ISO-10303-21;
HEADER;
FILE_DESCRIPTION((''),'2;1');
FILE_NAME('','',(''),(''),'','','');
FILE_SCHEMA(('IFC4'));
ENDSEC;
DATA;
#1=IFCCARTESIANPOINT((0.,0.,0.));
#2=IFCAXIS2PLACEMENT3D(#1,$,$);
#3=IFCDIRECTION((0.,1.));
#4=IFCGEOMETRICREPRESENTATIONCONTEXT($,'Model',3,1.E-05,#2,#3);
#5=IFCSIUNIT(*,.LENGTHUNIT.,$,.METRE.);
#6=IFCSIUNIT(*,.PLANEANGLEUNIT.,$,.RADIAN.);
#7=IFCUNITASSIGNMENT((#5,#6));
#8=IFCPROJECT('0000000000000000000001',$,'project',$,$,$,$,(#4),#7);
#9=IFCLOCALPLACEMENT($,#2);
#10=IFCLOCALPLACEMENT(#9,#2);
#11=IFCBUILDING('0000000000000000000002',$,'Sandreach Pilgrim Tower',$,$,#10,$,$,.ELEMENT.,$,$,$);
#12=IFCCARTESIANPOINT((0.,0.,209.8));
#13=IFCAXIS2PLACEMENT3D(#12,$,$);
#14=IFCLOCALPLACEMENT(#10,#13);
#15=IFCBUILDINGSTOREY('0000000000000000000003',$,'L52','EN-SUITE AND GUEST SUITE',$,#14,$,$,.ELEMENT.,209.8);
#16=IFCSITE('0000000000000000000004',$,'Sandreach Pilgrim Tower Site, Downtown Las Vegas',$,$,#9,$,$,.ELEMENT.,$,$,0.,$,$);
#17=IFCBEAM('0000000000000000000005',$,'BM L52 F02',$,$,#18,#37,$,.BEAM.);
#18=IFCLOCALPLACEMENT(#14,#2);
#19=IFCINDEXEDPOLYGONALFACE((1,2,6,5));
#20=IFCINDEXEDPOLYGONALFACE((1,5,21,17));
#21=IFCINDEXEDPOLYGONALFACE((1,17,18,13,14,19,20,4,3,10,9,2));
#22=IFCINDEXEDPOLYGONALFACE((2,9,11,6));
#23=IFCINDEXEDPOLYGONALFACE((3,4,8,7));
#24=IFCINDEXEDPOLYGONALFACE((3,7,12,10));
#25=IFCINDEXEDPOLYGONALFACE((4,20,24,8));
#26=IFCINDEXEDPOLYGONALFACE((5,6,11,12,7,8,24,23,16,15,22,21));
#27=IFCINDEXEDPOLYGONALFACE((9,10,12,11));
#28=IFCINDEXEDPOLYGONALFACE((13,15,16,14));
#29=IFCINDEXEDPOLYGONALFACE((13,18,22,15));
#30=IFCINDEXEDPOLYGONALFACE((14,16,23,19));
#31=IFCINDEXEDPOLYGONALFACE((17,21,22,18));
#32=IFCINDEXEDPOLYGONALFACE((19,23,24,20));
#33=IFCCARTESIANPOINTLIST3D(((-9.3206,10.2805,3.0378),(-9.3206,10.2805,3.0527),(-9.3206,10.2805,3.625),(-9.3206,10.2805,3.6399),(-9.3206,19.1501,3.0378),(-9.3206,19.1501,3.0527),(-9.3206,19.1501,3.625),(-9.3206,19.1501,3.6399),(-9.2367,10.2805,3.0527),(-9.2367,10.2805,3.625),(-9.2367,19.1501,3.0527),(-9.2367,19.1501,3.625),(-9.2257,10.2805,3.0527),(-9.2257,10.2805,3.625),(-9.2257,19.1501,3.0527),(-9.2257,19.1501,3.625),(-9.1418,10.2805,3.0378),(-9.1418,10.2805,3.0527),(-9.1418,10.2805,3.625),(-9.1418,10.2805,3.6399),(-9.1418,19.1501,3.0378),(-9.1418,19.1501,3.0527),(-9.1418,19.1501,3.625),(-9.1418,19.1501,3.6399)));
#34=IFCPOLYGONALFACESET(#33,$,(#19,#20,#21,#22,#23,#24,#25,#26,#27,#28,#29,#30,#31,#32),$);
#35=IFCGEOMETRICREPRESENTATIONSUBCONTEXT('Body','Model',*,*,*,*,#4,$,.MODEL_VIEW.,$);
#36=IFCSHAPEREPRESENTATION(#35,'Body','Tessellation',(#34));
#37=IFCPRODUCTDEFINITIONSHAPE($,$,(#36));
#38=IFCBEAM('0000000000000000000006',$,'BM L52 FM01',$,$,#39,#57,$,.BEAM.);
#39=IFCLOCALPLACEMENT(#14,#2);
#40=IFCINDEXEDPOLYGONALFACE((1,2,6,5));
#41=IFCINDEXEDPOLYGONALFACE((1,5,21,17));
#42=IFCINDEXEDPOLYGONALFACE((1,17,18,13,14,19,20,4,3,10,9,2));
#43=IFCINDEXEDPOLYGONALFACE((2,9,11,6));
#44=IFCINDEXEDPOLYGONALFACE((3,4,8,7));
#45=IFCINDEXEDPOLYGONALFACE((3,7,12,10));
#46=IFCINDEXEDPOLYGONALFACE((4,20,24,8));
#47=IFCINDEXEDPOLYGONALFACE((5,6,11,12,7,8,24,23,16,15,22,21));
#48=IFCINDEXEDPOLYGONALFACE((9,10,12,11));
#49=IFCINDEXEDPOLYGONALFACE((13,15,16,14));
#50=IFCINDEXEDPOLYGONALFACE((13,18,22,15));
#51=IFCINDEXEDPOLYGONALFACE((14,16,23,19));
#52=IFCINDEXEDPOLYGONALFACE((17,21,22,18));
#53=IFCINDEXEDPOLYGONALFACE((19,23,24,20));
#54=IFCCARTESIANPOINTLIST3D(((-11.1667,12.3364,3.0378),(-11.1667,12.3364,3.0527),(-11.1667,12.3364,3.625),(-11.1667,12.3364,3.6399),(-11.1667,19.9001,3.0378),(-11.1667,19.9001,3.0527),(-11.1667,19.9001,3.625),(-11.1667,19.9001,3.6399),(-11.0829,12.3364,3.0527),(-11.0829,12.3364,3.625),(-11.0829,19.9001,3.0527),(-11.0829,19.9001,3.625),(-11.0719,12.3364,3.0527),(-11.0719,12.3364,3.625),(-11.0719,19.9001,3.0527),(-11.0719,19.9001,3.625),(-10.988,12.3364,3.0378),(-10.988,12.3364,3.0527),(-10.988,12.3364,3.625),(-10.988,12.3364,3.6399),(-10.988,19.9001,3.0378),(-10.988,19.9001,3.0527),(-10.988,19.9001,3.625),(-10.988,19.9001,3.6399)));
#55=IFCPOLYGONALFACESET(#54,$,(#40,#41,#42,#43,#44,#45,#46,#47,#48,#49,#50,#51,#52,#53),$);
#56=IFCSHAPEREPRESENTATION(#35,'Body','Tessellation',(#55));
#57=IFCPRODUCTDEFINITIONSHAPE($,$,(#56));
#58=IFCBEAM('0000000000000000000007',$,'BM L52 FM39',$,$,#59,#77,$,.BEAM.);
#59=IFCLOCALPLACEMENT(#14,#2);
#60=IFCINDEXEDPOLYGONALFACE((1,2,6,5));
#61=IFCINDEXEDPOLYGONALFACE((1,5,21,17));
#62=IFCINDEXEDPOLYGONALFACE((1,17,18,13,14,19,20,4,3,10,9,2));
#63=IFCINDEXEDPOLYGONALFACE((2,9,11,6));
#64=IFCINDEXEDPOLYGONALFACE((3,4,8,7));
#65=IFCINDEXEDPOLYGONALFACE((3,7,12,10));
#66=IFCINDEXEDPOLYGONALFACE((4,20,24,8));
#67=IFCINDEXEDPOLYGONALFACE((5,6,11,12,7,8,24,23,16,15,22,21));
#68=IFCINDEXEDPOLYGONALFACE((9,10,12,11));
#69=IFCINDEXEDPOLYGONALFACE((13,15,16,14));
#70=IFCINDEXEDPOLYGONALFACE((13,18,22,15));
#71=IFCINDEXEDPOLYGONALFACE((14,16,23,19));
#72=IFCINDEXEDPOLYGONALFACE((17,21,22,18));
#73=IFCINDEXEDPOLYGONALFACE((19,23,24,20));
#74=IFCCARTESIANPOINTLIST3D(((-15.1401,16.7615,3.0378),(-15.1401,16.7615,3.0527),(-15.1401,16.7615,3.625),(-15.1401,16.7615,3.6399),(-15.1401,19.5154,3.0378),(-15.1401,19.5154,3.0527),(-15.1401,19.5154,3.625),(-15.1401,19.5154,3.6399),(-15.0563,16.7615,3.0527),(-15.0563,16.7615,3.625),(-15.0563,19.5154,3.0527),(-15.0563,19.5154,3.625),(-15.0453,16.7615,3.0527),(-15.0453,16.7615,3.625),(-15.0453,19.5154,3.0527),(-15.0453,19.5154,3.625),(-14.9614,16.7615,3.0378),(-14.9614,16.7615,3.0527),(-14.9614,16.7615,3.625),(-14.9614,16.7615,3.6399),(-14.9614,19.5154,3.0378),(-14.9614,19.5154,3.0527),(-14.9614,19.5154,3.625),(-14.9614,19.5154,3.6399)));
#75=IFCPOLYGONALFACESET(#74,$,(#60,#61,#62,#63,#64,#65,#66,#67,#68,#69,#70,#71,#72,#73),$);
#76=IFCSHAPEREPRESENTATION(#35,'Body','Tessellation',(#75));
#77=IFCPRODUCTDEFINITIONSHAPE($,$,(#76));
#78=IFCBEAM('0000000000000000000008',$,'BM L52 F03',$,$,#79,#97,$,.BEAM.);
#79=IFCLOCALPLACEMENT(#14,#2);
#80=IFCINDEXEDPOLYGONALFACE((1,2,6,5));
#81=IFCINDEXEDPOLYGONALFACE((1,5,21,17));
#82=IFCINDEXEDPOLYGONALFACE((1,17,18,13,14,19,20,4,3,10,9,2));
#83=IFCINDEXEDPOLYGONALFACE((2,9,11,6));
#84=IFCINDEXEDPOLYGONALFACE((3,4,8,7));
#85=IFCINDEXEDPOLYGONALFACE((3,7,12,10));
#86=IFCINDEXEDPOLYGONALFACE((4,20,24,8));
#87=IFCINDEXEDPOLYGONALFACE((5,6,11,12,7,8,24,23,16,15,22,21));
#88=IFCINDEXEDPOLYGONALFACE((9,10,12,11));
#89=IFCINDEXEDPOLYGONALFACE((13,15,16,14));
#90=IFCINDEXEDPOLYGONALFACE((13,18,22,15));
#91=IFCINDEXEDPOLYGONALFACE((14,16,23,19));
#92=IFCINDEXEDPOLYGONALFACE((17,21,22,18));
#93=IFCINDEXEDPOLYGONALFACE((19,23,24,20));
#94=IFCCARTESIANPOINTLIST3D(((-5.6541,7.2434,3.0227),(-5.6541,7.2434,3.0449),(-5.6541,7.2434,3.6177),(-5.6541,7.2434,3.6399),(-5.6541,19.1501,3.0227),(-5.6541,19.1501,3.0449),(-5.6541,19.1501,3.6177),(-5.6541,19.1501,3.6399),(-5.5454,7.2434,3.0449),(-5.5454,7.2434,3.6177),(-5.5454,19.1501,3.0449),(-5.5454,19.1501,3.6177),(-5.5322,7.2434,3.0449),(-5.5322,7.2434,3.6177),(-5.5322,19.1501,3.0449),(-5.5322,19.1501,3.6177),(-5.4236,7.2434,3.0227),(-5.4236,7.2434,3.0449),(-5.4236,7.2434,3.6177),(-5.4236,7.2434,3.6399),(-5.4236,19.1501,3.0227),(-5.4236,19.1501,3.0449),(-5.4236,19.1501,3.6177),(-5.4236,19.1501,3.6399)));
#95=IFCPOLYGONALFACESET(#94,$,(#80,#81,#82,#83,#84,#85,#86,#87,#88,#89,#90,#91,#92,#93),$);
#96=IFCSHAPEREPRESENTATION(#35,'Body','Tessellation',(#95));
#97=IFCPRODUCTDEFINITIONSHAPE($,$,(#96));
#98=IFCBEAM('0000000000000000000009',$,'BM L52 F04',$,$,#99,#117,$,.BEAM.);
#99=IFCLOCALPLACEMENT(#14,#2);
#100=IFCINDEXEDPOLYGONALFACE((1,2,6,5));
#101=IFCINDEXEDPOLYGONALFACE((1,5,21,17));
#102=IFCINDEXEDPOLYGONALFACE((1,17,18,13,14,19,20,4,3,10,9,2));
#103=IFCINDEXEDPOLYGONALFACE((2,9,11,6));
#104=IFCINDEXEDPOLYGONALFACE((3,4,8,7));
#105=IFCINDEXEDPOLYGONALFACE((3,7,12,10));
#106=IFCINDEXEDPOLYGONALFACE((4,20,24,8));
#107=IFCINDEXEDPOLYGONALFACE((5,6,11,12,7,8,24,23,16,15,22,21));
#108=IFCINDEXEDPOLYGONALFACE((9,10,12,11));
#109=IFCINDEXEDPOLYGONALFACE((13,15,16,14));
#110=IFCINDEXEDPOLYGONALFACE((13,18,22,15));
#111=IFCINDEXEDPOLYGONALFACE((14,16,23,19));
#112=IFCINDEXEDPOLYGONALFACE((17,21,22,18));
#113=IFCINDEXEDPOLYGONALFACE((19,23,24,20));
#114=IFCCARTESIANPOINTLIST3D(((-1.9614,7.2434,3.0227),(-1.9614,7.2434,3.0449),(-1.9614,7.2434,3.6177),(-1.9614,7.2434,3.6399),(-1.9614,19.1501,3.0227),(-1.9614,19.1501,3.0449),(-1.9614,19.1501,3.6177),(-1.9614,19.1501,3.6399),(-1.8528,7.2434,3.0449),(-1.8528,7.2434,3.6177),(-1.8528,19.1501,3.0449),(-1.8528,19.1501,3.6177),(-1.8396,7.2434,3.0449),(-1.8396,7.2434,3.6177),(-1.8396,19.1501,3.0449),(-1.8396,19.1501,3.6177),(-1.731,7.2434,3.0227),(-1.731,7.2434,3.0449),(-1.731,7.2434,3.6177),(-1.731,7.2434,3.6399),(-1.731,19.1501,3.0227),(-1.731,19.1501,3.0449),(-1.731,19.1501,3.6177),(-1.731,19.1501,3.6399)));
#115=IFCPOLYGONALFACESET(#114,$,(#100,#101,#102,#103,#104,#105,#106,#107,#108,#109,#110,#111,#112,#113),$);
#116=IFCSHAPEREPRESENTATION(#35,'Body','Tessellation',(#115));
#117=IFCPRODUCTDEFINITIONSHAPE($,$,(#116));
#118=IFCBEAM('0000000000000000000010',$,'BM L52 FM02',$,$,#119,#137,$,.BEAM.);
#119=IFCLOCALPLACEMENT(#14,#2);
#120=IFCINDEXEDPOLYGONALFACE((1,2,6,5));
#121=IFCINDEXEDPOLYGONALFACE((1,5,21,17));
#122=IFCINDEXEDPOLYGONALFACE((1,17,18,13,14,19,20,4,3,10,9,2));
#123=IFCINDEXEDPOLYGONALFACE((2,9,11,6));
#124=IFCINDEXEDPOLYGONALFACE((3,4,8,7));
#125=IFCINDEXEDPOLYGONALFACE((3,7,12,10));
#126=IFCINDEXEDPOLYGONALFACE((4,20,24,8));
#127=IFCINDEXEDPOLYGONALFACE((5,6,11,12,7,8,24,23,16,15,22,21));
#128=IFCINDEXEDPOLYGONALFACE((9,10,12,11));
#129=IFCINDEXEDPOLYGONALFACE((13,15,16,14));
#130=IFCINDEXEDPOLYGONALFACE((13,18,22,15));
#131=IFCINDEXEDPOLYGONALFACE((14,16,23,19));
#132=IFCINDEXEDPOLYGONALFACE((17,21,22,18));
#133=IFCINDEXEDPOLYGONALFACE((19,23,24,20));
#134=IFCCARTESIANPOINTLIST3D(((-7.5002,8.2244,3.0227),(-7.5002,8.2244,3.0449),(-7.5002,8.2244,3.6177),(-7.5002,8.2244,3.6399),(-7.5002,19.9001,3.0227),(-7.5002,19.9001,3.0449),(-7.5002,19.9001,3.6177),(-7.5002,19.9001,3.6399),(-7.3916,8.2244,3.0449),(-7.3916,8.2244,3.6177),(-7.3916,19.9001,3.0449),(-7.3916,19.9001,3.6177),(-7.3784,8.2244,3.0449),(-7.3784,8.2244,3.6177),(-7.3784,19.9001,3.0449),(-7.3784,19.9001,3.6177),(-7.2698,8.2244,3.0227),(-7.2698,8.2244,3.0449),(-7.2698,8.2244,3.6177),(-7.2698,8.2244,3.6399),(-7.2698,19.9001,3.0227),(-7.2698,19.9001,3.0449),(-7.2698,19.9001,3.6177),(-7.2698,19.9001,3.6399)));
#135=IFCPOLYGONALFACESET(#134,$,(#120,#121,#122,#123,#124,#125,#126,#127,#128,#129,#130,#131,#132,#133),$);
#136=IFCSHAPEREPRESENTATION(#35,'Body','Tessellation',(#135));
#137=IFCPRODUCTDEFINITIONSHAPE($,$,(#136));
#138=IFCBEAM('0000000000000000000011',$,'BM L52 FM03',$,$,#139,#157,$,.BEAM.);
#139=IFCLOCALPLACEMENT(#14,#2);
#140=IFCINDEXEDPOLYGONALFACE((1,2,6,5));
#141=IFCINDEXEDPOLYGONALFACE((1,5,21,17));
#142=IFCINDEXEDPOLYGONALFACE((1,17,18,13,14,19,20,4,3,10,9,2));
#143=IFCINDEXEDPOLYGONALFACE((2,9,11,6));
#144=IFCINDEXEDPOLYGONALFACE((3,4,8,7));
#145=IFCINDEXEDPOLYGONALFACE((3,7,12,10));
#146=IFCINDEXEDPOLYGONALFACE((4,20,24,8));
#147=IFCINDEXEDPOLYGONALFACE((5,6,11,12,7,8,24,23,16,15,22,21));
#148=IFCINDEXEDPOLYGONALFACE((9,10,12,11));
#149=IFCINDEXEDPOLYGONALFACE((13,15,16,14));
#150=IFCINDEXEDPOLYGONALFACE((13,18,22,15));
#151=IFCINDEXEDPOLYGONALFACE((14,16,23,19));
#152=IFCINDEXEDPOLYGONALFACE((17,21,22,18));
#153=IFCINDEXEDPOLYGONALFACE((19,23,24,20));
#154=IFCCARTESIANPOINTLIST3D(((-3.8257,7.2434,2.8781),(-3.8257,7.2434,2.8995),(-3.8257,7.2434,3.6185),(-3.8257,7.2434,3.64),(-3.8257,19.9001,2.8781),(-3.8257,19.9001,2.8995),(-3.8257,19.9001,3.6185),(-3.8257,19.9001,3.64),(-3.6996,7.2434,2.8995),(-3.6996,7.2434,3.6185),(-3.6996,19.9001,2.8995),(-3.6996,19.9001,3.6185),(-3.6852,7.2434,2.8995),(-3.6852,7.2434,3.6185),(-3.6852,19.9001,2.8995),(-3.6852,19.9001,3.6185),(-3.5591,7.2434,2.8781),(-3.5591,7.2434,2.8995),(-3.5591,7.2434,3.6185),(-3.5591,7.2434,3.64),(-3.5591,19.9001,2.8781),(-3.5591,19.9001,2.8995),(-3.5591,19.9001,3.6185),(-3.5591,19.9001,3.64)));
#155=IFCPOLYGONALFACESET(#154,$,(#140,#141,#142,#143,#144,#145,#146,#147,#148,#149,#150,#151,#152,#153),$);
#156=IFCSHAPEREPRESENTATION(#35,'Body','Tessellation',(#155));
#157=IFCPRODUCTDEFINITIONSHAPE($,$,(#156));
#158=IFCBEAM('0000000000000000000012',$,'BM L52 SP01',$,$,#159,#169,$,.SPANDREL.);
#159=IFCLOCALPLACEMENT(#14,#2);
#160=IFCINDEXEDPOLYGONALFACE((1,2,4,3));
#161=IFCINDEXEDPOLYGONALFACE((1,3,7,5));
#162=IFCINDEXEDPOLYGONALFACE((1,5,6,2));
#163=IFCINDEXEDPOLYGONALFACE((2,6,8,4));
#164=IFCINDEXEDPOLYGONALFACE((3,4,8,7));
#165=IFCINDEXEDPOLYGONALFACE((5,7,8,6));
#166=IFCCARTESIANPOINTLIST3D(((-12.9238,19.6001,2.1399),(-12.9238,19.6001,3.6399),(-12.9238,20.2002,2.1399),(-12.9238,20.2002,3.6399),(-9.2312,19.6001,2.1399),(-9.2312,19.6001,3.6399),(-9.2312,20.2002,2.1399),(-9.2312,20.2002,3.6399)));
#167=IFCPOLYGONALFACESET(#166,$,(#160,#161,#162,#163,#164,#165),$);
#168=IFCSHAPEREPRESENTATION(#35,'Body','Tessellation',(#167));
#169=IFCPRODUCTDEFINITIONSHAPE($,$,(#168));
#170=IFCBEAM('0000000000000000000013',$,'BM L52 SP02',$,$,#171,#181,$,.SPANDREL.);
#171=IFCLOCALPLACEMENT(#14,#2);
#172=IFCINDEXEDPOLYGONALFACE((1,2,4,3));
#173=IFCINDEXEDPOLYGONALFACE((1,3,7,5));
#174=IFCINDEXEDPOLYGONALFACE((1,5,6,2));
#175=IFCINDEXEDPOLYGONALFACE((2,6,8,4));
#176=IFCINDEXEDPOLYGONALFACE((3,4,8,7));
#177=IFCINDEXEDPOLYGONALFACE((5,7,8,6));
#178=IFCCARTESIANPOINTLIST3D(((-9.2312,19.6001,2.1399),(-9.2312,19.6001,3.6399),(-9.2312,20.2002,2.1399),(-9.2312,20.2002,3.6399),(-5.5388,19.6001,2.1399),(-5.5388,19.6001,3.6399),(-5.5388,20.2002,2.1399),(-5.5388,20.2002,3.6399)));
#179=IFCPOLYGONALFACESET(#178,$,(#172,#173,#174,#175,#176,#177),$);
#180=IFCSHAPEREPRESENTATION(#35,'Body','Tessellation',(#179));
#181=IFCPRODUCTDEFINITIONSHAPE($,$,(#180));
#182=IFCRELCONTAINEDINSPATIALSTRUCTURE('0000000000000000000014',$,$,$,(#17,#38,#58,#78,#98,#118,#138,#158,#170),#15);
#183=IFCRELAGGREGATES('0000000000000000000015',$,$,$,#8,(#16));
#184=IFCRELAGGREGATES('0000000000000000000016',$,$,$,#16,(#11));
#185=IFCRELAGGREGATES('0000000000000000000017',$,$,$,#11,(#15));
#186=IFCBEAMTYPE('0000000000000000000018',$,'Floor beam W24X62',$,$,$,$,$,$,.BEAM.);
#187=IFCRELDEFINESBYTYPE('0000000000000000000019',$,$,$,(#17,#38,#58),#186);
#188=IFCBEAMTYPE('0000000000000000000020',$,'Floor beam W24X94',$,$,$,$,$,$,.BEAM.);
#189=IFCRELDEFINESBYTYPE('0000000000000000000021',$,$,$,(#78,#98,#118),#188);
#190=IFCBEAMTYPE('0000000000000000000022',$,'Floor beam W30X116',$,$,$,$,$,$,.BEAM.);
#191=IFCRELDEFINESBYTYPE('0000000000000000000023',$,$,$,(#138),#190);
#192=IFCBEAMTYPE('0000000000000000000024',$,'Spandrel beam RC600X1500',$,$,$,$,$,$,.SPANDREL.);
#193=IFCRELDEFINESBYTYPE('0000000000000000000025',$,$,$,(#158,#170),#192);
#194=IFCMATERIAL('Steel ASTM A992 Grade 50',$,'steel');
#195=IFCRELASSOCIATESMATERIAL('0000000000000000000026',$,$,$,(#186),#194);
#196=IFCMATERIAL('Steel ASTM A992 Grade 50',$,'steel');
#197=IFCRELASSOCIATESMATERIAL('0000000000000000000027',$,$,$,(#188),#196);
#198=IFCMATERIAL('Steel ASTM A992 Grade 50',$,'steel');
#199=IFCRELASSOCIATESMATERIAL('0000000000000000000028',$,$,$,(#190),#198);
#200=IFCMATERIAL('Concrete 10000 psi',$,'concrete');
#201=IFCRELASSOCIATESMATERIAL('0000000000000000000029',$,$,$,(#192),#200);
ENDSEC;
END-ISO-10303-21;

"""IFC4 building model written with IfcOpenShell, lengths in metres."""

from ifc_helpers import new_model, si_unit, direction, frame, origin, origin_2d, place, context, subcontext, project, spatial, rectangle, i_section, extrude, material, material_profile, profile_set, type_object, element, save


model = new_model("IFC4")

# Units and contexts
model_context = context("Model", 3, precision=1e-05, world=origin(), true_north=direction((0.0, 1.0)))
body_context = subcontext(model_context, "Body", "Model", "MODEL_VIEW")
ifc_project = project(units=[si_unit("LENGTHUNIT", "METRE"), si_unit("PLANEANGLEUNIT", "RADIAN")], contexts=[model_context])

# Site, building, storey
site_placement = place(None, origin())
site = spatial("IfcSite", under=ifc_project, at=site_placement, Name="Sandreach Pilgrim Tower Site, Downtown Las Vegas", CompositionType="ELEMENT", RefElevation=0.0)
building_placement = place(site_placement, origin())
building = spatial("IfcBuilding", under=site, at=building_placement, Name="Sandreach Pilgrim Tower", CompositionType="ELEMENT")
storey_placement = place(building_placement, frame((0.0, 0.0, 209.8)))
storey = spatial("IfcBuildingStorey", under=building, at=storey_placement, Name="L52", Description="EN-SUITE AND GUEST SUITE", CompositionType="ELEMENT", Elevation=209.8)

# Beams
ifc_material_1 = material(Name="Steel ASTM A992 Grade 50", Category="steel")
ifc_material_profile_1 = material_profile(ifc_material_1, i_section(OverallWidth=0.1787, OverallDepth=0.6021, WebThickness=0.011, FlangeThickness=0.0149, at=origin_2d()), Name="W24X62")
ifc_profile_set_1 = profile_set([ifc_material_profile_1], Name="Steel ASTM A992 Grade 50")
beam_type_1 = type_object("IfcBeamType", Name="Floor beam W24X62", PredefinedType="BEAM", material=ifc_profile_set_1)
beam_1_placement = place(storey_placement, frame((-9.2312, 19.1501, 3.3389), z_axis=(0.0, -1.0, 0.0), x_axis=(1.0, 0.0, 0.0)))
element("IfcBeam", 1, at=beam_1_placement, inside=storey, type_object=beam_type_1, Name="BM L52 F02", PredefinedType="BEAM", context=body_context, shape_type="SweptSolid", body=[
    extrude(i_section(OverallWidth=0.1787, OverallDepth=0.6021, WebThickness=0.011, FlangeThickness=0.0149, at=origin_2d()), origin(), (0.0, 0.0, 1.0), 8.8696),
])
beam_2_placement = place(storey_placement, frame((-11.0774, 19.9001, 3.3389), z_axis=(0.0, -1.0, 0.0), x_axis=(1.0, 0.0, 0.0)))
element("IfcBeam", 2, at=beam_2_placement, inside=storey, type_object=beam_type_1, Name="BM L52 FM01", PredefinedType="BEAM", context=body_context, shape_type="SweptSolid", body=[
    extrude(i_section(OverallWidth=0.1787, OverallDepth=0.6021, WebThickness=0.011, FlangeThickness=0.0149, at=origin_2d()), origin(), (0.0, 0.0, 1.0), 7.5637),
])
beam_3_placement = place(storey_placement, frame((-15.0508, 19.5154, 3.3389), z_axis=(0.0, -1.0, 0.0), x_axis=(1.0, 0.0, 0.0)))
element("IfcBeam", 3, at=beam_3_placement, inside=storey, type_object=beam_type_1, Name="BM L52 FM39", PredefinedType="BEAM", context=body_context, shape_type="SweptSolid", body=[
    extrude(i_section(OverallWidth=0.1787, OverallDepth=0.6021, WebThickness=0.011, FlangeThickness=0.0149, at=origin_2d()), origin(), (0.0, 0.0, 1.0), 2.7539),
])
ifc_material_2 = material(Name="Steel ASTM A992 Grade 50", Category="steel")
ifc_material_profile_2 = material_profile(ifc_material_2, i_section(OverallWidth=0.2305, OverallDepth=0.6172, WebThickness=0.0132, FlangeThickness=0.0222, at=origin_2d()), Name="W24X94")
ifc_profile_set_2 = profile_set([ifc_material_profile_2], Name="Steel ASTM A992 Grade 50")
beam_type_2 = type_object("IfcBeamType", Name="Floor beam W24X94", PredefinedType="BEAM", material=ifc_profile_set_2)
for number, where, z_axis, x_axis, name in (
    (4, (-5.5388, 19.1501, 3.3313), (0.0, -1.0, 0.0), (1.0, 0.0, 0.0), "BM L52 F03"),
    (5, (-1.8462, 19.1501, 3.3313), (0.0, -1.0, 0.0), (1.0, 0.0, 0.0), "BM L52 F04"),
):
    element("IfcBeam", number, at=place(storey_placement, frame(where, z_axis=z_axis, x_axis=x_axis)), inside=storey, type_object=beam_type_2, Name=name, PredefinedType="BEAM", context=body_context, shape_type="SweptSolid", body=[
        extrude(i_section(OverallWidth=0.2305, OverallDepth=0.6172, WebThickness=0.0132, FlangeThickness=0.0222, at=origin_2d()), origin(), (0.0, 0.0, 1.0), 11.9067),
    ])
beam_4_placement = place(storey_placement, frame((-7.385, 19.9001, 3.3313), z_axis=(0.0, -1.0, 0.0), x_axis=(1.0, 0.0, 0.0)))
element("IfcBeam", 6, at=beam_4_placement, inside=storey, type_object=beam_type_2, Name="BM L52 FM02", PredefinedType="BEAM", context=body_context, shape_type="SweptSolid", body=[
    extrude(i_section(OverallWidth=0.2305, OverallDepth=0.6172, WebThickness=0.0132, FlangeThickness=0.0222, at=origin_2d()), origin(), (0.0, 0.0, 1.0), 11.6758),
])
ifc_material_3 = material(Name="Steel ASTM A992 Grade 50", Category="steel")
ifc_material_profile_3 = material_profile(ifc_material_3, i_section(OverallWidth=0.2666, OverallDepth=0.762, WebThickness=0.0144, FlangeThickness=0.0215, at=origin_2d()), Name="W30X116")
ifc_profile_set_3 = profile_set([ifc_material_profile_3], Name="Steel ASTM A992 Grade 50")
beam_type_3 = type_object("IfcBeamType", Name="Floor beam W30X116", PredefinedType="BEAM", material=ifc_profile_set_3)
beam_5_placement = place(storey_placement, frame((-3.6924, 19.9001, 3.259), z_axis=(0.0, -1.0, 0.0), x_axis=(1.0, 0.0, 0.0)))
element("IfcBeam", 7, at=beam_5_placement, inside=storey, type_object=beam_type_3, Name="BM L52 FM03", PredefinedType="BEAM", context=body_context, shape_type="SweptSolid", body=[
    extrude(i_section(OverallWidth=0.2666, OverallDepth=0.762, WebThickness=0.0144, FlangeThickness=0.0215, at=origin_2d()), origin(), (0.0, 0.0, 1.0), 12.6567),
])
ifc_material_4 = material(Name="Concrete 10000 psi", Category="concrete")
ifc_material_profile_4 = material_profile(ifc_material_4, rectangle(XDim=0.6001, YDim=1.5, at=origin_2d()), Name="RC600X1500")
ifc_profile_set_4 = profile_set([ifc_material_profile_4], Name="Concrete 10000 psi")
beam_type_4 = type_object("IfcBeamType", Name="Spandrel beam RC600X1500", PredefinedType="SPANDREL", material=ifc_profile_set_4)
beam_6_placement = place(storey_placement, frame((-12.9238, 19.9001, 2.8899), z_axis=(1.0, 0.0, 0.0), x_axis=(0.0, 1.0, 0.0)))
element("IfcBeam", 8, at=beam_6_placement, inside=storey, type_object=beam_type_4, Name="BM L52 SP01", PredefinedType="SPANDREL", context=body_context, shape_type="SweptSolid", body=[
    extrude(rectangle(XDim=0.6001, YDim=1.5, at=origin_2d()), origin(), (0.0, 0.0, 1.0), 3.6926),
])
beam_7_placement = place(storey_placement, frame((-9.2312, 19.9001, 2.8899), z_axis=(1.0, 0.0, 0.0), x_axis=(0.0, 1.0, 0.0)))
element("IfcBeam", 9, at=beam_7_placement, inside=storey, type_object=beam_type_4, Name="BM L52 SP02", PredefinedType="SPANDREL", context=body_context, shape_type="SweptSolid", body=[
    extrude(rectangle(XDim=0.6001, YDim=1.5, at=origin_2d()), origin(), (0.0, 0.0, 1.0), 3.6924),
])

save(model, "model.ifc")
